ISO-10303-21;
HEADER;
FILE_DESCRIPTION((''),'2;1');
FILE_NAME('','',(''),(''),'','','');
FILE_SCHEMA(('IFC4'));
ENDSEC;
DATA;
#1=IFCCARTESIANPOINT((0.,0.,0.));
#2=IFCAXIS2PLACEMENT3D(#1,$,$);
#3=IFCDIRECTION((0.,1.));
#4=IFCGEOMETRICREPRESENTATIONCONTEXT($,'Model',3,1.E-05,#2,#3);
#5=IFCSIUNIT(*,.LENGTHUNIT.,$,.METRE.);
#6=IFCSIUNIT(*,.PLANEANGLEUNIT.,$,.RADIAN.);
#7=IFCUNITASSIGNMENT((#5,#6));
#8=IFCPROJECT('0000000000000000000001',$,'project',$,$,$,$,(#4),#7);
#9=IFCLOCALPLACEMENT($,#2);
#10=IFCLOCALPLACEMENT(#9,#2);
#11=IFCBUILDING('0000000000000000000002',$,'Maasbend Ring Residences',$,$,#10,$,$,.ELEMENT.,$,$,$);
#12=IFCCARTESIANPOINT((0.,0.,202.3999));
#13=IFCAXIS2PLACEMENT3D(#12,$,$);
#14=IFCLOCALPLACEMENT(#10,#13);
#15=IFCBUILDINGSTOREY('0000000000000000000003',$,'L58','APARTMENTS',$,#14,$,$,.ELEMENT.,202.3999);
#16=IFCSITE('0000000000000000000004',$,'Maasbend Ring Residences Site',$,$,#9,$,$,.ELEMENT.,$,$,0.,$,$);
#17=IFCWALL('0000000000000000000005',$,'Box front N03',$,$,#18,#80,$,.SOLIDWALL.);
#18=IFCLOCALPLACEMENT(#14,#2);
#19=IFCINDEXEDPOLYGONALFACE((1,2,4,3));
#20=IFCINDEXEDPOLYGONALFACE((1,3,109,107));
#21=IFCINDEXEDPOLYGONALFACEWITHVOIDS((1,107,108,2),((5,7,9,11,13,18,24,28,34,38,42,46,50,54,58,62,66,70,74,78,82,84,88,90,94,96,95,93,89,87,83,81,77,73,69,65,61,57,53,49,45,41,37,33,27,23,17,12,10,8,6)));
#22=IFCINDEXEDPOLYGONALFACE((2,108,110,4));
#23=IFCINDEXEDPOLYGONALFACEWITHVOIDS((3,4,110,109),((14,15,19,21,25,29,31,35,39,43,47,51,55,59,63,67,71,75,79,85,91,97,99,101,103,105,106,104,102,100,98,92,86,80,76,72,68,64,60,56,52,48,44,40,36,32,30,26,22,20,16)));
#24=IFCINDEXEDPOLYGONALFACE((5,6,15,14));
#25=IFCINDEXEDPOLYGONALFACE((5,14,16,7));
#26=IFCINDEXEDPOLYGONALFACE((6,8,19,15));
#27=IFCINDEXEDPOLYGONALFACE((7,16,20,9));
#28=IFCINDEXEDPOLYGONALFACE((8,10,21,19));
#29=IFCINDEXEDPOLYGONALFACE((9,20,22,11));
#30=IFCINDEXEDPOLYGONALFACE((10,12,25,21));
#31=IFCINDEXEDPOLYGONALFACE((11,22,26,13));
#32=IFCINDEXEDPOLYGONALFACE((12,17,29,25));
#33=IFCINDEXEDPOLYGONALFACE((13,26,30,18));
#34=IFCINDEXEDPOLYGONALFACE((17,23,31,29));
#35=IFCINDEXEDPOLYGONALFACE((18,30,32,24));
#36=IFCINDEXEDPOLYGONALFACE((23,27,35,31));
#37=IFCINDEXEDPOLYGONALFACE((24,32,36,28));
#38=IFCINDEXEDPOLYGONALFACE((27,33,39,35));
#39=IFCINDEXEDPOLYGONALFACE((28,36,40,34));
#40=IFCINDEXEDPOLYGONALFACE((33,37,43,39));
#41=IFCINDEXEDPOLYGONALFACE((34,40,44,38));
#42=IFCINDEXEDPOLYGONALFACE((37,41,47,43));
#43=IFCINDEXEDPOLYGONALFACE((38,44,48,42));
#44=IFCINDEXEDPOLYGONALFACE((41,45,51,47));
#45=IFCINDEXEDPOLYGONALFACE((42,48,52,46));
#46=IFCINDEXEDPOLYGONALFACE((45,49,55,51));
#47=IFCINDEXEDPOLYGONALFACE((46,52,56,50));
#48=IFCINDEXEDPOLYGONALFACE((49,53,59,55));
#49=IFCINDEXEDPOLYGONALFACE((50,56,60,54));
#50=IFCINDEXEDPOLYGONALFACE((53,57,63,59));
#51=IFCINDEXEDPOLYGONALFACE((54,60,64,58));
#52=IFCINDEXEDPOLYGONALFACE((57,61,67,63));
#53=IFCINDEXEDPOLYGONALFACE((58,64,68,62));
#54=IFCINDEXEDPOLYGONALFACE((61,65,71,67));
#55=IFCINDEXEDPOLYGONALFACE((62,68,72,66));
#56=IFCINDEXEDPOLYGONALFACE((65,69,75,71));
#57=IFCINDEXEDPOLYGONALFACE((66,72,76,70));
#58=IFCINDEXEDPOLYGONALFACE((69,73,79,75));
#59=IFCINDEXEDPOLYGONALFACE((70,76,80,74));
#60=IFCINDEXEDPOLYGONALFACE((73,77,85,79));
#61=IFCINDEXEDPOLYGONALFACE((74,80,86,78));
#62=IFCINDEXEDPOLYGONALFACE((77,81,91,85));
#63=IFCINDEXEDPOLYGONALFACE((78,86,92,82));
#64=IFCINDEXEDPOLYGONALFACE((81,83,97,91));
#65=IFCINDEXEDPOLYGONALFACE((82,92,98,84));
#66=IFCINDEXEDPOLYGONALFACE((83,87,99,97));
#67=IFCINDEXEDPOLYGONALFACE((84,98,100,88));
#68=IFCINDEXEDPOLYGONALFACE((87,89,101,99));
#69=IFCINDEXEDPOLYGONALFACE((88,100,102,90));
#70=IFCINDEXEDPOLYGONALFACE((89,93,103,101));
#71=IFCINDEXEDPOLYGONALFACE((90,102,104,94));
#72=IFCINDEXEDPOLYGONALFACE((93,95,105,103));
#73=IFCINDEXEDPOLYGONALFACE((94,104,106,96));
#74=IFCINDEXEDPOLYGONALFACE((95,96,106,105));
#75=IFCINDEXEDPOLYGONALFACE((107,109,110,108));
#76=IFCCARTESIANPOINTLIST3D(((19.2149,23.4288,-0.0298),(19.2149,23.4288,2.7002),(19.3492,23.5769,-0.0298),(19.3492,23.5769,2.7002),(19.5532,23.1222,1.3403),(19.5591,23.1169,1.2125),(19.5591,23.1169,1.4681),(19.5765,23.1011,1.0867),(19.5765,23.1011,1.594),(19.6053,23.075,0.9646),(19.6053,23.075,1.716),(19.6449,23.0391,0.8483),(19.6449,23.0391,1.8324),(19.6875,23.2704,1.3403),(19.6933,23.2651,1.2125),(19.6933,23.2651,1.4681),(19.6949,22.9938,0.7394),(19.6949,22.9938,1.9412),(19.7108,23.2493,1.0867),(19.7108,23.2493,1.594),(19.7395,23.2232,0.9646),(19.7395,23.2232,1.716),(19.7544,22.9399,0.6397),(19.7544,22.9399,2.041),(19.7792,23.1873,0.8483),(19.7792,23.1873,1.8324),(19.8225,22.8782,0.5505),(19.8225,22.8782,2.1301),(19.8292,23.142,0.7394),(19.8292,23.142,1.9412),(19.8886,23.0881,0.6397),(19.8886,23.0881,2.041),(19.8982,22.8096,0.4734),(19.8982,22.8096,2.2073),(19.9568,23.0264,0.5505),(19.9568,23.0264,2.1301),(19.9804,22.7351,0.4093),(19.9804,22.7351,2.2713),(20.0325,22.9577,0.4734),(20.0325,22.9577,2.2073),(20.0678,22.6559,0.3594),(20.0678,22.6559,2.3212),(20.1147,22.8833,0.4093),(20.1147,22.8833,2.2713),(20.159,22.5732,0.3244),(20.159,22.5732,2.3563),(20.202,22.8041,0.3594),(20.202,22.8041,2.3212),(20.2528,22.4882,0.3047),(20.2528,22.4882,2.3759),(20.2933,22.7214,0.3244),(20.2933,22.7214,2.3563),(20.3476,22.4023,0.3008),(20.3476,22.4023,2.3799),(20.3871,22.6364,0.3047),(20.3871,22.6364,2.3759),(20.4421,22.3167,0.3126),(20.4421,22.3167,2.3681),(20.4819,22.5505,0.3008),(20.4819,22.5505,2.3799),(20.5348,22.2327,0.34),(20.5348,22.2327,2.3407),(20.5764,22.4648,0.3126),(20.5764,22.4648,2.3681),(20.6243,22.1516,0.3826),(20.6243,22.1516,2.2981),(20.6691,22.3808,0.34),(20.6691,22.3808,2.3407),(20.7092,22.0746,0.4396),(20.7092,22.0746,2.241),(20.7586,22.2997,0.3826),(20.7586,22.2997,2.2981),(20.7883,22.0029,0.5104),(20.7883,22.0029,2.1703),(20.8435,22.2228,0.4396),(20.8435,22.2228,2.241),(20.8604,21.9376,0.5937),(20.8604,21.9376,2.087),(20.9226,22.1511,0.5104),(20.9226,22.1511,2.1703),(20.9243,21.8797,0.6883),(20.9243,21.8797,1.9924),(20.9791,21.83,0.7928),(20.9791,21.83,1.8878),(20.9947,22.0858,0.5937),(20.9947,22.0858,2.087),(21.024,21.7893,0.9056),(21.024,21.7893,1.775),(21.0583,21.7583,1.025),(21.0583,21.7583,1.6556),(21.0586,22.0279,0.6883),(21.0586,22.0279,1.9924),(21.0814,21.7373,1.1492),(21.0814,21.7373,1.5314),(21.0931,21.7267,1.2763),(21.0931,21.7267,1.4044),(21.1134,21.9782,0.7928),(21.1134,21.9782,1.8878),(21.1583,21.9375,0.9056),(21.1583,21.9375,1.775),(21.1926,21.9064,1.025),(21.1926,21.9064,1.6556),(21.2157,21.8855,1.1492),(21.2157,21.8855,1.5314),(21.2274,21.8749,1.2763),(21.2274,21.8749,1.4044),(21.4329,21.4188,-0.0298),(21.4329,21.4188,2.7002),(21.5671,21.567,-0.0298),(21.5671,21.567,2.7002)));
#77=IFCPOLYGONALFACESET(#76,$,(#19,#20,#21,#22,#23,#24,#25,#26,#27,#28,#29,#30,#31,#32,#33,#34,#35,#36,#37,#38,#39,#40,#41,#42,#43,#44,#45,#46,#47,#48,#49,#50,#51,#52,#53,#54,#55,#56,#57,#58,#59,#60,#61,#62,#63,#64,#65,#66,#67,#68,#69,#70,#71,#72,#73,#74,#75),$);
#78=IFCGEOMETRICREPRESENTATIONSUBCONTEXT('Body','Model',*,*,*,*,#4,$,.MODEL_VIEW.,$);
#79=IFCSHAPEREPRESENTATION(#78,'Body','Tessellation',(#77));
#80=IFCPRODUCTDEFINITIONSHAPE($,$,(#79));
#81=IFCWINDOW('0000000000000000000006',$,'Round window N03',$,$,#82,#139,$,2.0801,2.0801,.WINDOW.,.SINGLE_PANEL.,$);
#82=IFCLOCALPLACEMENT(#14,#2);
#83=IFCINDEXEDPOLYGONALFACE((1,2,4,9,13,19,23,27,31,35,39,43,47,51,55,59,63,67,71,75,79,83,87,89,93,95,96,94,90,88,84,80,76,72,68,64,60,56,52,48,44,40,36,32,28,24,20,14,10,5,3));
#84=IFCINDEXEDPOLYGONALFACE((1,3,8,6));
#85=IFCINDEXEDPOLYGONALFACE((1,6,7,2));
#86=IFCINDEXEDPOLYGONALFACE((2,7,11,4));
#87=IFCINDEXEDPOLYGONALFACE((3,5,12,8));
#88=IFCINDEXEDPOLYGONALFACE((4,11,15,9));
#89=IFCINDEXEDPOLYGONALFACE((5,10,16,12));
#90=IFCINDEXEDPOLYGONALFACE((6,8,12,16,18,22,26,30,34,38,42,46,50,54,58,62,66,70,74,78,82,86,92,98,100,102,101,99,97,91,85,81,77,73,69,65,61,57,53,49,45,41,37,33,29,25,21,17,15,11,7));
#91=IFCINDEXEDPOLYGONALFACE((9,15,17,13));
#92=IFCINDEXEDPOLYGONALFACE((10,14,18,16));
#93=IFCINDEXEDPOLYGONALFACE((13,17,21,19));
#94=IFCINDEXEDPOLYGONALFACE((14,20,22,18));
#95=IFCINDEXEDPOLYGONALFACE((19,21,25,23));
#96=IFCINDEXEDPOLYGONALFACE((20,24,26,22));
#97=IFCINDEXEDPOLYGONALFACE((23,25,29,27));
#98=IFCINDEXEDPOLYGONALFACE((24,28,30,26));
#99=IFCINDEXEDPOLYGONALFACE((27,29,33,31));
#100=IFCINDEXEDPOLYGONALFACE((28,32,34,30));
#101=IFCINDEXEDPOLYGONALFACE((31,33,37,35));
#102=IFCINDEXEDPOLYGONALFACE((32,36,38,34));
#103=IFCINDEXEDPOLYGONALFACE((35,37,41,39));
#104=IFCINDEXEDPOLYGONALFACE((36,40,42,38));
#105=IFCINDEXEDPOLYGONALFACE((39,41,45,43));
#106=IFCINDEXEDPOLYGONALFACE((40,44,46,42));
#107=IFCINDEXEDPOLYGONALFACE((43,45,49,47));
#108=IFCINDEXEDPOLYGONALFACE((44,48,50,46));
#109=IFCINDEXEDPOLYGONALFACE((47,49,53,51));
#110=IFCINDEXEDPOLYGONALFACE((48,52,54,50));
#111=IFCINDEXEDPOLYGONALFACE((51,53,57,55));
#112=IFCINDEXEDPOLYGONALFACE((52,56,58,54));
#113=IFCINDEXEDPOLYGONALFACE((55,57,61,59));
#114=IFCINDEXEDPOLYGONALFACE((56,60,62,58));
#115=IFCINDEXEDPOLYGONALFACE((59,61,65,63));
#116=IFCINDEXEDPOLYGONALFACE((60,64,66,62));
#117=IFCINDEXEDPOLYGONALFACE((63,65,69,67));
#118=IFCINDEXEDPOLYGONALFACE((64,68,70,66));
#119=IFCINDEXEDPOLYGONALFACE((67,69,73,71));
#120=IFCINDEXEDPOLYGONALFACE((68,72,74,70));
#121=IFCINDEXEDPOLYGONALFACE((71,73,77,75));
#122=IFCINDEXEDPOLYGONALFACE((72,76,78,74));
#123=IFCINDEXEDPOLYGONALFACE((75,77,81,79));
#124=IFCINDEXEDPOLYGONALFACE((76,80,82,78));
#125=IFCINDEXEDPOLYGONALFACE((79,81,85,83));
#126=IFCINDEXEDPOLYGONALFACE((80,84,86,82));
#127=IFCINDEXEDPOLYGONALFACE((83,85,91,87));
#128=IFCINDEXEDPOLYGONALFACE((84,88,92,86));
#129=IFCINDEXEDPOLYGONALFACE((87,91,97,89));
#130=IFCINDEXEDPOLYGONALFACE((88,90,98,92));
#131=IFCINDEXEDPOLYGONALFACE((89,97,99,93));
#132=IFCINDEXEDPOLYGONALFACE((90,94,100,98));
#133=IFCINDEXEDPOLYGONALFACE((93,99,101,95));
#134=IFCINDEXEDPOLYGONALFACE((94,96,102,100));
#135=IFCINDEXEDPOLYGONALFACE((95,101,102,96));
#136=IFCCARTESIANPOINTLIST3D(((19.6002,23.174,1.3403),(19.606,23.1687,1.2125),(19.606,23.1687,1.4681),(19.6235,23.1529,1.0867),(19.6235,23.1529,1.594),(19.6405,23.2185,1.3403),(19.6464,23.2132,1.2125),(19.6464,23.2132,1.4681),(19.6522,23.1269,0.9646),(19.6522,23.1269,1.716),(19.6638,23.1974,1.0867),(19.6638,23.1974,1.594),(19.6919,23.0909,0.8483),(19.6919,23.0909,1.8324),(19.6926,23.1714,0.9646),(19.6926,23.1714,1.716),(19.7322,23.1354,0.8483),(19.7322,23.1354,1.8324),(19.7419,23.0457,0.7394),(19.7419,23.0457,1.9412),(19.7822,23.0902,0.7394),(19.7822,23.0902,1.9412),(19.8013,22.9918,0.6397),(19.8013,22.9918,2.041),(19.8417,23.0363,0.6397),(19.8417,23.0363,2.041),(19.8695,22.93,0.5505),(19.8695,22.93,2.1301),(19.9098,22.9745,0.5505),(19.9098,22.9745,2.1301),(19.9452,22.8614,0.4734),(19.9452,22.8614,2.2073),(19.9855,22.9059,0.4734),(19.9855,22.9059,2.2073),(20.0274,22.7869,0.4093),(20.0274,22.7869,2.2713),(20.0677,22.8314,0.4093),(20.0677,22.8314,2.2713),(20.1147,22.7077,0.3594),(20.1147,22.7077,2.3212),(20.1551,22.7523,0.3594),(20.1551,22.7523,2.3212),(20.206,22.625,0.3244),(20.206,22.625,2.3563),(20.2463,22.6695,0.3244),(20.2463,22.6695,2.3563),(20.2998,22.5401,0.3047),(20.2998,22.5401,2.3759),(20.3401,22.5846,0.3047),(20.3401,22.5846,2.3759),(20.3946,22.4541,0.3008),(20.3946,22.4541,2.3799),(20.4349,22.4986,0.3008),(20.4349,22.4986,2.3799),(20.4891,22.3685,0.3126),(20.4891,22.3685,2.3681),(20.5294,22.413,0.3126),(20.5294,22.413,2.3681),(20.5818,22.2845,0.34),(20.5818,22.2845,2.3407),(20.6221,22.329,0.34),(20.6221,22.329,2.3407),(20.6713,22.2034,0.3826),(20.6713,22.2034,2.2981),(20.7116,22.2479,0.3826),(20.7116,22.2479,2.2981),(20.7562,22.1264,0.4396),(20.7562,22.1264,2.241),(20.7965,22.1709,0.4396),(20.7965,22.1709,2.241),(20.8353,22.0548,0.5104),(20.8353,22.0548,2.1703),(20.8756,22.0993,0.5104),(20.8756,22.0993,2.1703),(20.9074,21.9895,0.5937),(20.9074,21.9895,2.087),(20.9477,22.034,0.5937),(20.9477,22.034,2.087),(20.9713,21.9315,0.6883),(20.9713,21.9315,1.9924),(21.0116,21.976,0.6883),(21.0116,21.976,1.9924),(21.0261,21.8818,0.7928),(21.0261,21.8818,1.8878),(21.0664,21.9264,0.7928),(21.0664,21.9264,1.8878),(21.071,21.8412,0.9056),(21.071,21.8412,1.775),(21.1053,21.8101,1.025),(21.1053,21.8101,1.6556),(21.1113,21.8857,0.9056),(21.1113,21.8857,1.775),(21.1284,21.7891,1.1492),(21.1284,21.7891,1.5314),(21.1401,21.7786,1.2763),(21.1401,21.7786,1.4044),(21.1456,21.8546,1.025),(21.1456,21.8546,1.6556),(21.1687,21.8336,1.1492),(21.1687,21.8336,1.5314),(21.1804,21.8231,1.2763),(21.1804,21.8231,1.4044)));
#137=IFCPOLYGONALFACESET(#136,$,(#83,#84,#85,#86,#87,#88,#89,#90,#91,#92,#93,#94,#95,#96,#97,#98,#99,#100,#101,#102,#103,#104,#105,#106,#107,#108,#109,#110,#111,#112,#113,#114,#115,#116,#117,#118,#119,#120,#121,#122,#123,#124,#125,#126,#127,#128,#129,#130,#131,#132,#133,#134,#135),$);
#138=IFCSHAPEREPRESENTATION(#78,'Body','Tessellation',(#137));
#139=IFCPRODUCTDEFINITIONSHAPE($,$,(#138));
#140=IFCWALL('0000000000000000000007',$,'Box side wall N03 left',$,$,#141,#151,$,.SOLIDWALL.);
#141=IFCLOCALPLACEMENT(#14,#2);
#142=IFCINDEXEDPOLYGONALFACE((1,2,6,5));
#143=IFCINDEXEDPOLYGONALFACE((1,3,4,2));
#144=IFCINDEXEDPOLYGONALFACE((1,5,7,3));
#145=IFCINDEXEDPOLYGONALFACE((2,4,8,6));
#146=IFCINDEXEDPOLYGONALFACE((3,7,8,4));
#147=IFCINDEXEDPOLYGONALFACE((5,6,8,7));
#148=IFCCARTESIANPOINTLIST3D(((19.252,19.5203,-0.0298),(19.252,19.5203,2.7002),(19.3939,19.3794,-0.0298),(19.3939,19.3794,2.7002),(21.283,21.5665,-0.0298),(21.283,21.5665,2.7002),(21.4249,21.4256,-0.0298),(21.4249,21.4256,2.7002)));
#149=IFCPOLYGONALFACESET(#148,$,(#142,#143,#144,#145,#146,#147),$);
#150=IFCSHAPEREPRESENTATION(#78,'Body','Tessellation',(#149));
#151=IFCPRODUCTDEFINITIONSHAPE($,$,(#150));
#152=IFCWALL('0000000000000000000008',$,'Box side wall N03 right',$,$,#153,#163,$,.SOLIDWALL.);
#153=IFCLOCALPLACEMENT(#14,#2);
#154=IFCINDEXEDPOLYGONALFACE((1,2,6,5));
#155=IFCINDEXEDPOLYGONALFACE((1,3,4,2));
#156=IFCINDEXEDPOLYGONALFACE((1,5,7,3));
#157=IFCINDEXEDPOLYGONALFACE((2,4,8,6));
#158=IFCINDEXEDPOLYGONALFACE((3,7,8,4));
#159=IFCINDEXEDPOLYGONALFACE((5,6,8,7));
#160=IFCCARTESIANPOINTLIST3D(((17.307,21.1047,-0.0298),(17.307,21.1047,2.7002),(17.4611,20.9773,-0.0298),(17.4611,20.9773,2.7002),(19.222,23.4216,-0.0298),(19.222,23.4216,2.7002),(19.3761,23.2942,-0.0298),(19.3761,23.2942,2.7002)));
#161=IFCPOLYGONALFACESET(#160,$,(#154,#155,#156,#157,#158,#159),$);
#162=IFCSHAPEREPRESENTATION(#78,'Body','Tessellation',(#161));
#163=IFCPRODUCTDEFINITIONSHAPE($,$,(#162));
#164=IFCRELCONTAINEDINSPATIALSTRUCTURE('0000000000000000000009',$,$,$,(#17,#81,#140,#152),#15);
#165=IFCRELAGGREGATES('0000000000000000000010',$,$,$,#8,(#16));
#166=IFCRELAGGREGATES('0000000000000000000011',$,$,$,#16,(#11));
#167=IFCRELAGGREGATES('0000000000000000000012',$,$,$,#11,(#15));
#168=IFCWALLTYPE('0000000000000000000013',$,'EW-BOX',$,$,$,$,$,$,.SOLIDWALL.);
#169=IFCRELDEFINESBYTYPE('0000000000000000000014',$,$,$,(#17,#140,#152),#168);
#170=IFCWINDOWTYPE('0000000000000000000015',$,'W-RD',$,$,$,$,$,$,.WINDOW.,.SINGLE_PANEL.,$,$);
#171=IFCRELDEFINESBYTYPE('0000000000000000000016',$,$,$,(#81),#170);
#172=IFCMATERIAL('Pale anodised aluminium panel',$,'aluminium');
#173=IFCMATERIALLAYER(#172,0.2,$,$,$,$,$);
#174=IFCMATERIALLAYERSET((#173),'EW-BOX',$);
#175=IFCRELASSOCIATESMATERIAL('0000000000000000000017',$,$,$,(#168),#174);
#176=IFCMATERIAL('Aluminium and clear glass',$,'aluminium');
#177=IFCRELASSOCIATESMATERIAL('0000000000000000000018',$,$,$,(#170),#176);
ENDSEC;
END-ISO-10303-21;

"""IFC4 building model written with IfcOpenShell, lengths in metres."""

from ifc_helpers import new_model, si_unit, direction, frame, frame_2d, origin, place, context, subcontext, project, spatial, rectangle, circle, extrude, material, layer, layer_set, type_object, element, fill, save


model = new_model("IFC4")

# Units and contexts
model_context = context("Model", 3, precision=1e-05, world=origin(), true_north=direction((0.0, 1.0)))
body_context = subcontext(model_context, "Body", "Model", "MODEL_VIEW")
ifc_project = project(units=[si_unit("LENGTHUNIT", "METRE"), si_unit("PLANEANGLEUNIT", "RADIAN")], contexts=[model_context])

# Site, building, storey
site_placement = place(None, origin())
site = spatial("IfcSite", under=ifc_project, at=site_placement, Name="Maasbend Ring Residences Site", CompositionType="ELEMENT", RefElevation=0.0)
building_placement = place(site_placement, origin())
building = spatial("IfcBuilding", under=site, at=building_placement, Name="Maasbend Ring Residences", CompositionType="ELEMENT")
storey_placement = place(building_placement, frame((0.0, 0.0, 202.3999)))
storey = spatial("IfcBuildingStorey", under=building, at=storey_placement, Name="L58", Description="APARTMENTS", CompositionType="ELEMENT", Elevation=202.3999)

# Shared definitions
ifc_material_1 = material(Name="Pale anodised aluminium panel", Category="aluminium")
ifc_layer_1 = layer(ifc_material_1, 0.2)
ifc_layer_set_1 = layer_set([ifc_layer_1], Name="EW-BOX")
wall_type_1 = type_object("IfcWallType", Name="EW-BOX", PredefinedType="SOLIDWALL", material=ifc_layer_set_1)
ifc_material_2 = material(Name="Aluminium and clear glass", Category="aluminium")
window_type_1 = type_object("IfcWindowType", Name="W-RD", PartitioningType="SINGLE_PANEL", PredefinedType="WINDOW", material=ifc_material_2)

# Wall, opening, window
wall_1_placement = place(storey_placement, frame((21.5, 21.4929, -0.0298), z_axis=(0.0, 0.0, 1.0), x_axis=(-0.740998, 0.671507, 0.0)))
wall_1 = element("IfcWall", 1, at=wall_1_placement, inside=storey, type_object=wall_type_1, Name="Box front N03", PredefinedType="SOLIDWALL", context=body_context, shape_type="SweptSolid", body=[
    extrude(rectangle(XDim=2.9932, YDim=0.2, at=frame_2d((1.4966, 0.0))), origin(), (0.0, 0.0, 1.0), 2.73),
])
opening_1_placement = place(wall_1_placement, frame((0.4565, 0.0, 0.3301)))
opening_1 = element("IfcOpeningElement", 2, at=opening_1_placement, cuts=wall_1, PredefinedType="OPENING", context=body_context, shape_type="SweptSolid", body=[
    extrude(circle(Radius=1.04, at=frame_2d((1.04, 1.04))), frame((0.0, 0.1099, 0.0), z_axis=(0.0, -1.0, 0.0), x_axis=(1.0, 0.0, 0.0)), (0.0, 0.0, 1.0), 0.22),
])
window_1_placement = place(opening_1_placement, origin())
window_1 = element("IfcWindow", 3, at=window_1_placement, inside=storey, type_object=window_type_1, Name="Round window N03", OverallHeight=2.0801, OverallWidth=2.0801, PartitioningType="SINGLE_PANEL", PredefinedType="WINDOW", context=body_context, shape_type="SweptSolid", body=[
    extrude(circle(Radius=1.04, at=frame_2d((1.04, 1.04))), frame((0.0, 0.03, 0.0), z_axis=(0.0, -1.0, 0.0), x_axis=(1.0, 0.0, 0.0)), (0.0, 0.0, 1.0), 0.0601),
])
fill(opening_1, window_1)

# Walls
wall_2_placement = place(storey_placement, frame((19.323, 19.45, -0.0298), z_axis=(0.0, 0.0, 1.0), x_axis=(0.704477, 0.709727, 0.0)))
element("IfcWall", 4, at=wall_2_placement, inside=storey, type_object=wall_type_1, Name="Box side wall N03 left", PredefinedType="SOLIDWALL", context=body_context, shape_type="SweptSolid", body=[
    extrude(rectangle(XDim=2.8831, YDim=0.2, at=frame_2d((1.4414, 0.0))), origin(), (0.0, 0.0, 1.0), 2.73),
])
wall_3_placement = place(storey_placement, frame((17.384, 21.041, -0.0298), z_axis=(0.0, 0.0, 1.0), x_axis=(0.637096, 0.770785, 0.0)))
element("IfcWall", 5, at=wall_3_placement, inside=storey, type_object=wall_type_1, Name="Box side wall N03 right", PredefinedType="SOLIDWALL", context=body_context, shape_type="SweptSolid", body=[
    extrude(rectangle(XDim=3.0059, YDim=0.2, at=frame_2d((1.5029, 0.0))), origin(), (0.0, 0.0, 1.0), 2.73),
])

save(model, "model.ifc")
